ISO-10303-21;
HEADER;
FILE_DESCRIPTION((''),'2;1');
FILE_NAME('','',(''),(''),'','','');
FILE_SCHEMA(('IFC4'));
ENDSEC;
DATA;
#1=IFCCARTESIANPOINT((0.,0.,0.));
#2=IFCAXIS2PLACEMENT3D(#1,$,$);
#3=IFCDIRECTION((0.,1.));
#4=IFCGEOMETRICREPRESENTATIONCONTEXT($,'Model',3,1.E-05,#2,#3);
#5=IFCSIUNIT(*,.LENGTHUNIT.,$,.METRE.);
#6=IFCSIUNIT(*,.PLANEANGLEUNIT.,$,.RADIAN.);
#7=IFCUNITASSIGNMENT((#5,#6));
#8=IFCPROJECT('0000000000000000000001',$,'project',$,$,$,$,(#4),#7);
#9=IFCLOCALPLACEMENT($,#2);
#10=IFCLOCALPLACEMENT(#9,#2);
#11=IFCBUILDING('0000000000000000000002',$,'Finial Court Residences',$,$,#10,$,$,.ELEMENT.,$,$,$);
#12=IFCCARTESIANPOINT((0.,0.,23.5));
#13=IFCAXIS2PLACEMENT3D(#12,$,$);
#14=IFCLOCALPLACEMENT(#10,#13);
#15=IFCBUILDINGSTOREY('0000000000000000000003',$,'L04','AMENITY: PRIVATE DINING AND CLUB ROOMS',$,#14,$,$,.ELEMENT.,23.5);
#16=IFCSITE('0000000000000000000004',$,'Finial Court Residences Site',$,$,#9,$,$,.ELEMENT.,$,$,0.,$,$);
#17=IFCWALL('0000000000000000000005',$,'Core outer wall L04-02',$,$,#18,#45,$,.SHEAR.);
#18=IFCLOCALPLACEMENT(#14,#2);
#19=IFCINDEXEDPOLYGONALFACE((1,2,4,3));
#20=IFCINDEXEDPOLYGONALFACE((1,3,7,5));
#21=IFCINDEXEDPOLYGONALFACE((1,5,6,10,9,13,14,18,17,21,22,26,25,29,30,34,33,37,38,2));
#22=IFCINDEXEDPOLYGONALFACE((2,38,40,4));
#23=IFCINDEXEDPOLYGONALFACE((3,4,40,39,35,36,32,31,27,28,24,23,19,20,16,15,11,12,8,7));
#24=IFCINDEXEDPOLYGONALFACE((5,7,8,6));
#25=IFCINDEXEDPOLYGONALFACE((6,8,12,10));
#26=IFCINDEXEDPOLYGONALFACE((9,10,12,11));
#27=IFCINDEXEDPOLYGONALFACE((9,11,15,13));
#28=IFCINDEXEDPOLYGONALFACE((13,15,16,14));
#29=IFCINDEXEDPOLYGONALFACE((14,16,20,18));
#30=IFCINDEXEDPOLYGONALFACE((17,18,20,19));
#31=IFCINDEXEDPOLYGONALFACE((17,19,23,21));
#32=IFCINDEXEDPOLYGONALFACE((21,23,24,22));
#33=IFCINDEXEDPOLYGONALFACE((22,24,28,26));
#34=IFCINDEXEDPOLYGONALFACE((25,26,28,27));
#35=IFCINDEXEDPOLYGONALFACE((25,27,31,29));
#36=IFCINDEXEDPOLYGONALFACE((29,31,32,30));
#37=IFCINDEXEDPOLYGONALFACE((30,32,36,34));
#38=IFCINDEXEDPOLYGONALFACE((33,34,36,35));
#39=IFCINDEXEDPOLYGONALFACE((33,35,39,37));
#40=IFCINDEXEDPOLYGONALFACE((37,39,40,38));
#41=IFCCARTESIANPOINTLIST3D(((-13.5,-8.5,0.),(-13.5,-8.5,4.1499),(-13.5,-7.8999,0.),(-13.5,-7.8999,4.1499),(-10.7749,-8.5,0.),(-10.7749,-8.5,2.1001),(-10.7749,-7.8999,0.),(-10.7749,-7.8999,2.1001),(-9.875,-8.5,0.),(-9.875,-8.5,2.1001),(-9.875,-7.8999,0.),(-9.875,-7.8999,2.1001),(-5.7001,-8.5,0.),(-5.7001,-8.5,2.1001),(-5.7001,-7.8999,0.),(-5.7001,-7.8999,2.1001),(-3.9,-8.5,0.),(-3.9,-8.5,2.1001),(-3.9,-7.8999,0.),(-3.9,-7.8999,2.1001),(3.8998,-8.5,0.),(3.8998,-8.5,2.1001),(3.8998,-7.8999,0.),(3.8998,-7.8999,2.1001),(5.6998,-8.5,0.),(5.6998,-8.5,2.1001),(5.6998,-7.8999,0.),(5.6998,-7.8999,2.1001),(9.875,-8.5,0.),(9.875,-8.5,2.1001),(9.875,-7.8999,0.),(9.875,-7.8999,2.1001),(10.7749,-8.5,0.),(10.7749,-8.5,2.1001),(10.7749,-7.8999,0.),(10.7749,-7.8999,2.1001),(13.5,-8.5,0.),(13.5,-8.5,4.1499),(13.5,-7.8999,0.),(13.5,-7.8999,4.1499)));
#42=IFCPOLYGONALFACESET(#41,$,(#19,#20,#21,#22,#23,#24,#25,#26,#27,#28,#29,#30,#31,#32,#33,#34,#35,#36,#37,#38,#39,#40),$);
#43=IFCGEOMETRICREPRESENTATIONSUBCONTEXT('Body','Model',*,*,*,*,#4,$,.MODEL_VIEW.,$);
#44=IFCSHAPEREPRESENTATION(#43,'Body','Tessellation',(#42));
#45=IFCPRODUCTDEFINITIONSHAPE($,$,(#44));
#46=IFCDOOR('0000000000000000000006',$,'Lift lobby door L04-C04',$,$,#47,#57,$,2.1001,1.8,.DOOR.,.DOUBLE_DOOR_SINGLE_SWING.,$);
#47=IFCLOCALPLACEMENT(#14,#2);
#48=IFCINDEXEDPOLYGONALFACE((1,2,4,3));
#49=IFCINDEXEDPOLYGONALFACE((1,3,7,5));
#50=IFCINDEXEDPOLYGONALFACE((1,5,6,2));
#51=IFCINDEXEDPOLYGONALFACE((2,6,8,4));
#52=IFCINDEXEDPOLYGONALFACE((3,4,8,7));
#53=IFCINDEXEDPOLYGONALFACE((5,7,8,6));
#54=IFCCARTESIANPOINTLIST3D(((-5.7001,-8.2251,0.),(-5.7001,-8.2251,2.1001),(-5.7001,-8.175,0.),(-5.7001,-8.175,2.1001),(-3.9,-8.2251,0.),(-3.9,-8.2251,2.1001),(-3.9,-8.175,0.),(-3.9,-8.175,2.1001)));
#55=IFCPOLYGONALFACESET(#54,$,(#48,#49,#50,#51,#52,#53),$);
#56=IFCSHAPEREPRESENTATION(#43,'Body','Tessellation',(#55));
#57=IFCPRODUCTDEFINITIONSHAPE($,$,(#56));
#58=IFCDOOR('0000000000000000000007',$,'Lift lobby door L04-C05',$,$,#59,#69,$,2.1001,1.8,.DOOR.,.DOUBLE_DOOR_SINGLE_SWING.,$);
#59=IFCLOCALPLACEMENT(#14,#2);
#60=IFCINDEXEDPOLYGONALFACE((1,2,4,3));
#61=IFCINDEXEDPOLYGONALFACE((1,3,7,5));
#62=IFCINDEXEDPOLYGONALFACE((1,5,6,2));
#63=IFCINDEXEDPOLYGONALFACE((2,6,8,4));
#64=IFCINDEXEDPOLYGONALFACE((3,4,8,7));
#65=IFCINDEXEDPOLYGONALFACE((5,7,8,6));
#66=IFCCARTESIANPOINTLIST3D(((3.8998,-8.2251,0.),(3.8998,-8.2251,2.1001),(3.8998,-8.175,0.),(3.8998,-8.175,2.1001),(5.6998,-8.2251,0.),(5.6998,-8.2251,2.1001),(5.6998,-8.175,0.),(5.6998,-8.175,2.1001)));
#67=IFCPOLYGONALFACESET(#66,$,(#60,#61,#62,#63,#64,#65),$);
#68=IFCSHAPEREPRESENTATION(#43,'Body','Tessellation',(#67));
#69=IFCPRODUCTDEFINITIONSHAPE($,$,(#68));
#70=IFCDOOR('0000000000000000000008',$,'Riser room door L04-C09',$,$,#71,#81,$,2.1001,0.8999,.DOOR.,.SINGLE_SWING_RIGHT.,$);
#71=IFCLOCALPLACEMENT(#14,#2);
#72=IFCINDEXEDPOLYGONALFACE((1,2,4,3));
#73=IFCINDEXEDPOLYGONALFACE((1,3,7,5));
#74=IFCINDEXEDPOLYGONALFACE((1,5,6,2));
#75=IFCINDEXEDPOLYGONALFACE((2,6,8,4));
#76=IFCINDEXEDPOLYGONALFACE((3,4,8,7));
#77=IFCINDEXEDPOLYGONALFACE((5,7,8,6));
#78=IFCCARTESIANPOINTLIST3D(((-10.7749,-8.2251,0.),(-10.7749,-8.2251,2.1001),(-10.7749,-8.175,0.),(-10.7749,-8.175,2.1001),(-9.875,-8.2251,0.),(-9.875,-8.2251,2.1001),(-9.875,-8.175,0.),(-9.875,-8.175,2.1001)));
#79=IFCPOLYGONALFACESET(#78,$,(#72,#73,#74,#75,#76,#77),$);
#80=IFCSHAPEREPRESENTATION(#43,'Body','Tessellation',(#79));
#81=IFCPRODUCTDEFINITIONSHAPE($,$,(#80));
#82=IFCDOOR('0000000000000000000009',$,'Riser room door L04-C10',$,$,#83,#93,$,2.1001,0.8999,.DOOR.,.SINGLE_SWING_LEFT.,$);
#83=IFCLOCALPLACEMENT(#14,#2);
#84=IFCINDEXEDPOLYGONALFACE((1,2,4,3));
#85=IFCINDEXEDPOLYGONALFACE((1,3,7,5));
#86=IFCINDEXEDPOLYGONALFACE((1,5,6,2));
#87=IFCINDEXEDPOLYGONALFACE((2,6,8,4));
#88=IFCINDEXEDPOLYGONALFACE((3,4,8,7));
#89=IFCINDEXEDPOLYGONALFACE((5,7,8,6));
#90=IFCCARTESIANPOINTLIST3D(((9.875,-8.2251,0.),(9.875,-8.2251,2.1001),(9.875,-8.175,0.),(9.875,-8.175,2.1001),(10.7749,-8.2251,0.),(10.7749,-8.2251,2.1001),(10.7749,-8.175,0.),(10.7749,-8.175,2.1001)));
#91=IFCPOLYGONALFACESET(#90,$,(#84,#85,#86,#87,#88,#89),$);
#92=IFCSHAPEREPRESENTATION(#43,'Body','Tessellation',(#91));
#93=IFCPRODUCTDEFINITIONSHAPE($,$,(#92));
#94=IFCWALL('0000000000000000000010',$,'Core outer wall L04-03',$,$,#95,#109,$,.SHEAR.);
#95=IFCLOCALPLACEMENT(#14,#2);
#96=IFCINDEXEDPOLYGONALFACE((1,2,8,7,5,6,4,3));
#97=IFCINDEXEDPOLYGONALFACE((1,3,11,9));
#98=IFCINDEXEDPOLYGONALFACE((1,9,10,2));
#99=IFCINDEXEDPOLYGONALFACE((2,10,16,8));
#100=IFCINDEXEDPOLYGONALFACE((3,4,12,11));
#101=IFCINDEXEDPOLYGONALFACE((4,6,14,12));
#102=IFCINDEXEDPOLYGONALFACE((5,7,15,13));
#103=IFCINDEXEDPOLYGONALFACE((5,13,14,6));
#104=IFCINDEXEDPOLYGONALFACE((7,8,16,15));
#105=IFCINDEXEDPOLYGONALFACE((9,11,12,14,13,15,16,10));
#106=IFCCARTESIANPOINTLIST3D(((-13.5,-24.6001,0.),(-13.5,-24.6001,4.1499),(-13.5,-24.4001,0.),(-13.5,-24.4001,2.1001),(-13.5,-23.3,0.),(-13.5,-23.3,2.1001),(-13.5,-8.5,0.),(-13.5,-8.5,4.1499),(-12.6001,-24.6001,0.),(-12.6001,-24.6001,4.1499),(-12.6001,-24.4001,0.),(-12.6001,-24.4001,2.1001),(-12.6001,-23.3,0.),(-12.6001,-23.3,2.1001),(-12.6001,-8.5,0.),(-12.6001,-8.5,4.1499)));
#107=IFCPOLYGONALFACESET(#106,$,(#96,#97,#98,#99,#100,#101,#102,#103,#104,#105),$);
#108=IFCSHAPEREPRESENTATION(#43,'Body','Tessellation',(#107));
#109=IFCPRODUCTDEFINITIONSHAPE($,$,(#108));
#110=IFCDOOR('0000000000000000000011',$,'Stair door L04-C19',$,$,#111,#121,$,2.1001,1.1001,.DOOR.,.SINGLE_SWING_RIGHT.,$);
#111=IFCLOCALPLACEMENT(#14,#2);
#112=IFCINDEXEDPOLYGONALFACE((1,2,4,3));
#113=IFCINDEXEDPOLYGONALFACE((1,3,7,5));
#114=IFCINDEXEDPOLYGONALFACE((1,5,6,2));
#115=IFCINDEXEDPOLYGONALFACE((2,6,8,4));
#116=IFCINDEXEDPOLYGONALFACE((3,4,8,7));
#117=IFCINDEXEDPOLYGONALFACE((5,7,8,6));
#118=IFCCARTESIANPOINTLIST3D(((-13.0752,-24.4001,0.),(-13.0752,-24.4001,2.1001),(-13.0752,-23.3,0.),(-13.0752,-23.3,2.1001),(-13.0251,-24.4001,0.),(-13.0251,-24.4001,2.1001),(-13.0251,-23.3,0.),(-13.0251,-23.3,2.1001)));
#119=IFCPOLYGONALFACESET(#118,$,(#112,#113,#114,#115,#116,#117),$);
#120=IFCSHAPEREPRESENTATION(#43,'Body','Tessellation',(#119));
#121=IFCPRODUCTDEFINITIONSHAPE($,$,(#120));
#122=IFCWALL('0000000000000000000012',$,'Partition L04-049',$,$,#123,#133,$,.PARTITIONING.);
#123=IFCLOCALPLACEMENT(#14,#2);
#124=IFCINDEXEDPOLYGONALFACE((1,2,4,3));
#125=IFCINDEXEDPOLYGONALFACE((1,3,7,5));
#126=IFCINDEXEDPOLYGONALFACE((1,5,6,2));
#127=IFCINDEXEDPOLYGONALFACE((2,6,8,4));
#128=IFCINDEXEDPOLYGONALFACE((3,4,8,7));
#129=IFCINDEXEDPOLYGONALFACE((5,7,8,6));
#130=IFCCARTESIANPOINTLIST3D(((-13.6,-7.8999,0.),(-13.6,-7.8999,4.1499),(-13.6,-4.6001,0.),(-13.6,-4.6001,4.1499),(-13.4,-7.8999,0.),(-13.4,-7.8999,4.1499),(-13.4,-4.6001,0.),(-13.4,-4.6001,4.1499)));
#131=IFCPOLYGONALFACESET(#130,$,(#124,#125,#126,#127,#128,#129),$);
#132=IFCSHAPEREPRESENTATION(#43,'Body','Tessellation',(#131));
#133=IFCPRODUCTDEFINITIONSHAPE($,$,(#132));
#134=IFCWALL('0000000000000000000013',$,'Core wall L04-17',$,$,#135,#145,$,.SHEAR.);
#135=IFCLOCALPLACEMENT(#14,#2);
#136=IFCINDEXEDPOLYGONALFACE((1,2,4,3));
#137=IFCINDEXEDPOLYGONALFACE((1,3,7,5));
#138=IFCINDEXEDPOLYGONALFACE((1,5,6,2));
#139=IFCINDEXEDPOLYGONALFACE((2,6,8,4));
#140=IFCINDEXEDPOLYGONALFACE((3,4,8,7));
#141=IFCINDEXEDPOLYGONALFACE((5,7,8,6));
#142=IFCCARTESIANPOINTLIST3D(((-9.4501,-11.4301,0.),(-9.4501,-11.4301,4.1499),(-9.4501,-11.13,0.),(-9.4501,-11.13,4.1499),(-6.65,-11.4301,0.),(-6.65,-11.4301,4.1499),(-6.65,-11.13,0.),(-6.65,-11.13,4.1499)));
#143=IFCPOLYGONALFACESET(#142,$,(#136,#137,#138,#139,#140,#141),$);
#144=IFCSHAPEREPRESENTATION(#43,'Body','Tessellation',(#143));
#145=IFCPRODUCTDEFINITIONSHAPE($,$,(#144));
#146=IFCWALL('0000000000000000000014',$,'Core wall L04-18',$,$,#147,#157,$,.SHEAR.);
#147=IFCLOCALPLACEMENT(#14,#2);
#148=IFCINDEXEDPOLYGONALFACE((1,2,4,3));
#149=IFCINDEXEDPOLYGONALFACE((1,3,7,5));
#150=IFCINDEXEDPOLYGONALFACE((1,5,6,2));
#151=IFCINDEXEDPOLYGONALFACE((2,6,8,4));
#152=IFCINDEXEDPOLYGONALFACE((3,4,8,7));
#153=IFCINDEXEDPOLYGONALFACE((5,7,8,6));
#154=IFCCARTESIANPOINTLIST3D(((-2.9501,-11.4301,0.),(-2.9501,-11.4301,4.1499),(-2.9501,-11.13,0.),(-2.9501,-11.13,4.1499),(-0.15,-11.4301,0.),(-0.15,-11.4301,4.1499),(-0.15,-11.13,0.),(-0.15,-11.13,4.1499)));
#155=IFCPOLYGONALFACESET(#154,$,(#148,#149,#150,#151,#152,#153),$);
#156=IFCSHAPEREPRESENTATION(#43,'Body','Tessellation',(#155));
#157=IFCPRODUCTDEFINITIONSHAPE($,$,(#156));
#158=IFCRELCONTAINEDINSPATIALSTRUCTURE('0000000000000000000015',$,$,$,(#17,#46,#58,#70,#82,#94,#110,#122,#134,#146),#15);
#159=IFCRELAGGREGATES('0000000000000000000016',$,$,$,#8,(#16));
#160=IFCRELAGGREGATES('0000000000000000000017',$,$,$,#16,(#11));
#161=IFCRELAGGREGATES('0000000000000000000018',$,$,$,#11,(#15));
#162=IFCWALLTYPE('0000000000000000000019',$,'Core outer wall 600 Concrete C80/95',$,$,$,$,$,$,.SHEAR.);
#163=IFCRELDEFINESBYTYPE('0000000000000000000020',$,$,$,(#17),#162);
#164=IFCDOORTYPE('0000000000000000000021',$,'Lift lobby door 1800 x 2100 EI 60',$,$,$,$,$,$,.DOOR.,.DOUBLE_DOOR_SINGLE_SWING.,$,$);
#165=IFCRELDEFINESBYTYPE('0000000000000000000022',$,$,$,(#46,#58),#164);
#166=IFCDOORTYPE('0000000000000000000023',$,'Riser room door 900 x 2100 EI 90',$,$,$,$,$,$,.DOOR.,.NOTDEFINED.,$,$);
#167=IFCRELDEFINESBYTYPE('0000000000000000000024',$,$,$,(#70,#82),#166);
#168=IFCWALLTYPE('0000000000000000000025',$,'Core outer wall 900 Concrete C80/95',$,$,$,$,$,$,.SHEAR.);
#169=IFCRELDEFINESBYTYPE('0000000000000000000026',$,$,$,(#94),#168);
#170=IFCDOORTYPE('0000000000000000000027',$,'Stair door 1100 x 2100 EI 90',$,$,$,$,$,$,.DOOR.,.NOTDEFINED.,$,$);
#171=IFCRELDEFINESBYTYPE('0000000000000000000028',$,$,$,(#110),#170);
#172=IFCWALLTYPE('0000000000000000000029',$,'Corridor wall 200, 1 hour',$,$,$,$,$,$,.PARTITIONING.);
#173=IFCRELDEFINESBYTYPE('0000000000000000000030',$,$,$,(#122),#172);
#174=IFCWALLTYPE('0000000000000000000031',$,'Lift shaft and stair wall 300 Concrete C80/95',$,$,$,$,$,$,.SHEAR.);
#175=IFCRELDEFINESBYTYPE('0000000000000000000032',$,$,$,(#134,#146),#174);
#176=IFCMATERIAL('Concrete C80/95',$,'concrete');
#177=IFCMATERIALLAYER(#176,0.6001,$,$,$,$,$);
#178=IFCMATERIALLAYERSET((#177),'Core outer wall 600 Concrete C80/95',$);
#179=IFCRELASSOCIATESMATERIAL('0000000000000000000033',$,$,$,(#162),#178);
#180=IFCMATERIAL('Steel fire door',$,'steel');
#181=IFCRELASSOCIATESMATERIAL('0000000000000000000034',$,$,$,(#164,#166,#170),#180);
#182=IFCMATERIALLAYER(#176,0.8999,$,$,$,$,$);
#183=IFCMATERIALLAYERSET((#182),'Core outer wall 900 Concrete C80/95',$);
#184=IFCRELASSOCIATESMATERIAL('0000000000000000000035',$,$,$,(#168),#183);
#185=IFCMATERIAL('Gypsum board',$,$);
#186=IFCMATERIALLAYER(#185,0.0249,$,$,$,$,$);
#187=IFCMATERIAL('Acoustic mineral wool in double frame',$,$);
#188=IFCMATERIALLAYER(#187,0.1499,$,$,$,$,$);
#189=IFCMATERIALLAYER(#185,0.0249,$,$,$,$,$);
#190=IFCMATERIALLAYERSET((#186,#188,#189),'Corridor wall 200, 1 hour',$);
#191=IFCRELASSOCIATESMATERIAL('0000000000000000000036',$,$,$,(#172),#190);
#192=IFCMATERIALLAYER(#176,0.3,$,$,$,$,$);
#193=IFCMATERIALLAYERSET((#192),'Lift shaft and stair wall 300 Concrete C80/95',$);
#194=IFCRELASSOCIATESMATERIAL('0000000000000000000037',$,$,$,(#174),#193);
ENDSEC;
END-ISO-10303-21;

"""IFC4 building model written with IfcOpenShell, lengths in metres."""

from ifc_helpers import new_model, si_unit, direction, frame, frame_2d, origin, place, context, subcontext, project, spatial, rectangle, extrude, material, layer, layer_set, type_object, element, fill, save


model = new_model("IFC4")

# Units and contexts
model_context = context("Model", 3, precision=1e-05, world=origin(), true_north=direction((0.0, 1.0)))
body_context = subcontext(model_context, "Body", "Model", "MODEL_VIEW")
ifc_project = project(units=[si_unit("LENGTHUNIT", "METRE"), si_unit("PLANEANGLEUNIT", "RADIAN")], contexts=[model_context])

# Site, building, storey
site_placement = place(None, origin())
site = spatial("IfcSite", under=ifc_project, at=site_placement, Name="Finial Court Residences Site", CompositionType="ELEMENT", RefElevation=0.0)
building_placement = place(site_placement, origin())
building = spatial("IfcBuilding", under=site, at=building_placement, Name="Finial Court Residences", CompositionType="ELEMENT")
storey_placement = place(building_placement, frame((0.0, 0.0, 23.5)))
storey = spatial("IfcBuildingStorey", under=building, at=storey_placement, Name="L04", Description="AMENITY: PRIVATE DINING AND CLUB ROOMS", CompositionType="ELEMENT", Elevation=23.5)

# Shared definitions
ifc_material_1 = material(Name="Concrete C80/95", Category="concrete")

# Wall, openings, doors
ifc_layer_1 = layer(ifc_material_1, 0.6001)
ifc_layer_set_1 = layer_set([ifc_layer_1], Name="Core outer wall 600 Concrete C80/95")
wall_type_1 = type_object("IfcWallType", Name="Core outer wall 600 Concrete C80/95", PredefinedType="SHEAR", material=ifc_layer_set_1)
wall_1_placement = place(storey_placement, frame((-13.5, -8.2, 0.0), z_axis=(0.0, 0.0, 1.0), x_axis=(1.0, 0.0, 0.0)))
wall_1 = element("IfcWall", 1, at=wall_1_placement, inside=storey, type_object=wall_type_1, Name="Core outer wall L04-02", PredefinedType="SHEAR", context=body_context, shape_type="SweptSolid", body=[
    extrude(rectangle(XDim=27.0, YDim=0.6001, at=frame_2d((13.5, 0.0))), origin(), (0.0, 0.0, 1.0), 4.1499),
])
opening_1_placement = place(wall_1_placement, frame((7.8, 0.0, 0.0)))
opening_1 = element("IfcOpeningElement", 2, at=opening_1_placement, cuts=wall_1, PredefinedType="OPENING", context=body_context, shape_type="SweptSolid", body=[
    extrude(rectangle(XDim=1.8, YDim=2.1001, at=frame_2d((0.8999, 1.05))), frame((0.0, 0.3101, 0.0), z_axis=(0.0, -1.0, 0.0), x_axis=(1.0, 0.0, 0.0)), (0.0, 0.0, 1.0), 0.6201),
])
opening_2_placement = place(wall_1_placement, frame((17.3999, 0.0, 0.0)))
opening_2 = element("IfcOpeningElement", 3, at=opening_2_placement, cuts=wall_1, PredefinedType="OPENING", context=body_context, shape_type="SweptSolid", body=[
    extrude(rectangle(XDim=1.8, YDim=2.1001, at=frame_2d((0.8999, 1.05))), frame((0.0, 0.3101, 0.0), z_axis=(0.0, -1.0, 0.0), x_axis=(1.0, 0.0, 0.0)), (0.0, 0.0, 1.0), 0.6201),
])
opening_3_placement = place(wall_1_placement, frame((2.7251, 0.0, 0.0)))
opening_3 = element("IfcOpeningElement", 4, at=opening_3_placement, cuts=wall_1, PredefinedType="OPENING", context=body_context, shape_type="SweptSolid", body=[
    extrude(rectangle(XDim=0.8999, YDim=2.1001, at=frame_2d((0.45, 1.05))), frame((0.0, 0.3101, 0.0), z_axis=(0.0, -1.0, 0.0), x_axis=(1.0, 0.0, 0.0)), (0.0, 0.0, 1.0), 0.6201),
])
opening_4_placement = place(wall_1_placement, frame((23.375, 0.0, 0.0)))
opening_4 = element("IfcOpeningElement", 5, at=opening_4_placement, cuts=wall_1, PredefinedType="OPENING", context=body_context, shape_type="SweptSolid", body=[
    extrude(rectangle(XDim=0.8999, YDim=2.1001, at=frame_2d((0.45, 1.05))), frame((0.0, 0.3101, 0.0), z_axis=(0.0, -1.0, 0.0), x_axis=(1.0, 0.0, 0.0)), (0.0, 0.0, 1.0), 0.6201),
])
ifc_material_2 = material(Name="Steel fire door", Category="steel")
door_type_1 = type_object("IfcDoorType", Name="Lift lobby door 1800 x 2100 EI 60", OperationType="DOUBLE_DOOR_SINGLE_SWING", PredefinedType="DOOR", material=ifc_material_2)
door_1_placement = place(opening_1_placement, origin())
door_1 = element("IfcDoor", 6, at=door_1_placement, inside=storey, type_object=door_type_1, Name="Lift lobby door L04-C04", OperationType="DOUBLE_DOOR_SINGLE_SWING", OverallHeight=2.1001, OverallWidth=1.8, PredefinedType="DOOR", context=body_context, shape_type="SweptSolid", body=[
    extrude(rectangle(XDim=1.8, YDim=2.1001, at=frame_2d((0.8999, 1.05))), frame((0.0, 0.0249, 0.0), z_axis=(0.0, -1.0, 0.0), x_axis=(1.0, 0.0, 0.0)), (0.0, 0.0, 1.0), 0.05),
])
fill(opening_1, door_1)
door_2_placement = place(opening_2_placement, origin())
door_2 = element("IfcDoor", 7, at=door_2_placement, inside=storey, type_object=door_type_1, Name="Lift lobby door L04-C05", OperationType="DOUBLE_DOOR_SINGLE_SWING", OverallHeight=2.1001, OverallWidth=1.8, PredefinedType="DOOR", context=body_context, shape_type="SweptSolid", body=[
    extrude(rectangle(XDim=1.8, YDim=2.1001, at=frame_2d((0.8999, 1.05))), frame((0.0, 0.0249, 0.0), z_axis=(0.0, -1.0, 0.0), x_axis=(1.0, 0.0, 0.0)), (0.0, 0.0, 1.0), 0.05),
])
fill(opening_2, door_2)
door_type_2 = type_object("IfcDoorType", Name="Riser room door 900 x 2100 EI 90", OperationType="NOTDEFINED", PredefinedType="DOOR", material=ifc_material_2)
door_3_placement = place(opening_3_placement, origin())
door_3 = element("IfcDoor", 8, at=door_3_placement, inside=storey, type_object=door_type_2, Name="Riser room door L04-C09", OperationType="SINGLE_SWING_RIGHT", OverallHeight=2.1001, OverallWidth=0.8999, PredefinedType="DOOR", context=body_context, shape_type="SweptSolid", body=[
    extrude(rectangle(XDim=0.8999, YDim=2.1001, at=frame_2d((0.45, 1.05))), frame((0.0, 0.0249, 0.0), z_axis=(0.0, -1.0, 0.0), x_axis=(1.0, 0.0, 0.0)), (0.0, 0.0, 1.0), 0.05),
])
fill(opening_3, door_3)
door_4_placement = place(opening_4_placement, origin())
door_4 = element("IfcDoor", 9, at=door_4_placement, inside=storey, type_object=door_type_2, Name="Riser room door L04-C10", OperationType="SINGLE_SWING_LEFT", OverallHeight=2.1001, OverallWidth=0.8999, PredefinedType="DOOR", context=body_context, shape_type="SweptSolid", body=[
    extrude(rectangle(XDim=0.8999, YDim=2.1001, at=frame_2d((0.45, 1.05))), frame((0.0, 0.0249, 0.0), z_axis=(0.0, -1.0, 0.0), x_axis=(1.0, 0.0, 0.0)), (0.0, 0.0, 1.0), 0.05),
])
fill(opening_4, door_4)

# Wall, opening, door
ifc_layer_2 = layer(ifc_material_1, 0.8999)
ifc_layer_set_2 = layer_set([ifc_layer_2], Name="Core outer wall 900 Concrete C80/95")
wall_type_2 = type_object("IfcWallType", Name="Core outer wall 900 Concrete C80/95", PredefinedType="SHEAR", material=ifc_layer_set_2)
wall_2_placement = place(storey_placement, frame((-13.05, -8.5, 0.0), z_axis=(0.0, 0.0, 1.0), x_axis=(0.0, -1.0, 0.0)))
wall_2 = element("IfcWall", 10, at=wall_2_placement, inside=storey, type_object=wall_type_2, Name="Core outer wall L04-03", PredefinedType="SHEAR", context=body_context, shape_type="SweptSolid", body=[
    extrude(rectangle(XDim=16.1001, YDim=0.8999, at=frame_2d((8.05, 0.0))), origin(), (0.0, 0.0, 1.0), 4.1499),
])
opening_5_placement = place(wall_2_placement, frame((14.8, 0.0, 0.0)))
opening_5 = element("IfcOpeningElement", 11, at=opening_5_placement, cuts=wall_2, PredefinedType="OPENING", context=body_context, shape_type="SweptSolid", body=[
    extrude(rectangle(XDim=1.1001, YDim=2.1001, at=frame_2d((0.55, 1.05))), frame((0.0, 0.46, 0.0), z_axis=(0.0, -1.0, 0.0), x_axis=(1.0, 0.0, 0.0)), (0.0, 0.0, 1.0), 0.9199),
])
door_type_3 = type_object("IfcDoorType", Name="Stair door 1100 x 2100 EI 90", OperationType="NOTDEFINED", PredefinedType="DOOR", material=ifc_material_2)
door_5_placement = place(opening_5_placement, origin())
door_5 = element("IfcDoor", 12, at=door_5_placement, inside=storey, type_object=door_type_3, Name="Stair door L04-C19", OperationType="SINGLE_SWING_RIGHT", OverallHeight=2.1001, OverallWidth=1.1001, PredefinedType="DOOR", context=body_context, shape_type="SweptSolid", body=[
    extrude(rectangle(XDim=1.1001, YDim=2.1001, at=frame_2d((0.55, 1.05))), frame((0.0, 0.0249, 0.0), z_axis=(0.0, -1.0, 0.0), x_axis=(1.0, 0.0, 0.0)), (0.0, 0.0, 1.0), 0.05),
])
fill(opening_5, door_5)

# Walls
ifc_material_3 = material(Name="Gypsum board")
ifc_layer_3 = layer(ifc_material_3, 0.0249)
ifc_material_4 = material(Name="Acoustic mineral wool in double frame")
ifc_layer_4 = layer(ifc_material_4, 0.1499)
ifc_layer_5 = layer(ifc_material_3, 0.0249)
ifc_layer_set_3 = layer_set([ifc_layer_3, ifc_layer_4, ifc_layer_5], Name="Corridor wall 200, 1 hour")
wall_type_3 = type_object("IfcWallType", Name="Corridor wall 200, 1 hour", PredefinedType="PARTITIONING", material=ifc_layer_set_3)
wall_3_placement = place(storey_placement, frame((-13.5, -7.8999, 0.0), z_axis=(0.0, 0.0, 1.0), x_axis=(0.0, 1.0, 0.0)))
element("IfcWall", 13, at=wall_3_placement, inside=storey, type_object=wall_type_3, Name="Partition L04-049", PredefinedType="PARTITIONING", context=body_context, shape_type="SweptSolid", body=[
    extrude(rectangle(XDim=3.2998, YDim=0.2, at=frame_2d((1.6499, 0.0))), origin(), (0.0, 0.0, 1.0), 4.1499),
])
ifc_layer_6 = layer(ifc_material_1, 0.3)
ifc_layer_set_4 = layer_set([ifc_layer_6], Name="Lift shaft and stair wall 300 Concrete C80/95")
wall_type_4 = type_object("IfcWallType", Name="Lift shaft and stair wall 300 Concrete C80/95", PredefinedType="SHEAR", material=ifc_layer_set_4)
for number, where, z_axis, x_axis, name in (
    (14, (-9.45, -11.28, 0.0), (0.0, 0.0, 1.0), (1.0, 0.0, 0.0), "Core wall L04-17"),
    (15, (-2.95, -11.28, 0.0), (0.0, 0.0, 1.0), (1.0, 0.0, 0.0), "Core wall L04-18"),
):
    element("IfcWall", number, at=place(storey_placement, frame(where, z_axis=z_axis, x_axis=x_axis)), inside=storey, type_object=wall_type_4, Name=name, PredefinedType="SHEAR", context=body_context, shape_type="SweptSolid", body=[
        extrude(rectangle(XDim=2.8, YDim=0.3, at=frame_2d((1.3999, 0.0))), origin(), (0.0, 0.0, 1.0), 4.1499),
    ])

save(model, "model.ifc")
